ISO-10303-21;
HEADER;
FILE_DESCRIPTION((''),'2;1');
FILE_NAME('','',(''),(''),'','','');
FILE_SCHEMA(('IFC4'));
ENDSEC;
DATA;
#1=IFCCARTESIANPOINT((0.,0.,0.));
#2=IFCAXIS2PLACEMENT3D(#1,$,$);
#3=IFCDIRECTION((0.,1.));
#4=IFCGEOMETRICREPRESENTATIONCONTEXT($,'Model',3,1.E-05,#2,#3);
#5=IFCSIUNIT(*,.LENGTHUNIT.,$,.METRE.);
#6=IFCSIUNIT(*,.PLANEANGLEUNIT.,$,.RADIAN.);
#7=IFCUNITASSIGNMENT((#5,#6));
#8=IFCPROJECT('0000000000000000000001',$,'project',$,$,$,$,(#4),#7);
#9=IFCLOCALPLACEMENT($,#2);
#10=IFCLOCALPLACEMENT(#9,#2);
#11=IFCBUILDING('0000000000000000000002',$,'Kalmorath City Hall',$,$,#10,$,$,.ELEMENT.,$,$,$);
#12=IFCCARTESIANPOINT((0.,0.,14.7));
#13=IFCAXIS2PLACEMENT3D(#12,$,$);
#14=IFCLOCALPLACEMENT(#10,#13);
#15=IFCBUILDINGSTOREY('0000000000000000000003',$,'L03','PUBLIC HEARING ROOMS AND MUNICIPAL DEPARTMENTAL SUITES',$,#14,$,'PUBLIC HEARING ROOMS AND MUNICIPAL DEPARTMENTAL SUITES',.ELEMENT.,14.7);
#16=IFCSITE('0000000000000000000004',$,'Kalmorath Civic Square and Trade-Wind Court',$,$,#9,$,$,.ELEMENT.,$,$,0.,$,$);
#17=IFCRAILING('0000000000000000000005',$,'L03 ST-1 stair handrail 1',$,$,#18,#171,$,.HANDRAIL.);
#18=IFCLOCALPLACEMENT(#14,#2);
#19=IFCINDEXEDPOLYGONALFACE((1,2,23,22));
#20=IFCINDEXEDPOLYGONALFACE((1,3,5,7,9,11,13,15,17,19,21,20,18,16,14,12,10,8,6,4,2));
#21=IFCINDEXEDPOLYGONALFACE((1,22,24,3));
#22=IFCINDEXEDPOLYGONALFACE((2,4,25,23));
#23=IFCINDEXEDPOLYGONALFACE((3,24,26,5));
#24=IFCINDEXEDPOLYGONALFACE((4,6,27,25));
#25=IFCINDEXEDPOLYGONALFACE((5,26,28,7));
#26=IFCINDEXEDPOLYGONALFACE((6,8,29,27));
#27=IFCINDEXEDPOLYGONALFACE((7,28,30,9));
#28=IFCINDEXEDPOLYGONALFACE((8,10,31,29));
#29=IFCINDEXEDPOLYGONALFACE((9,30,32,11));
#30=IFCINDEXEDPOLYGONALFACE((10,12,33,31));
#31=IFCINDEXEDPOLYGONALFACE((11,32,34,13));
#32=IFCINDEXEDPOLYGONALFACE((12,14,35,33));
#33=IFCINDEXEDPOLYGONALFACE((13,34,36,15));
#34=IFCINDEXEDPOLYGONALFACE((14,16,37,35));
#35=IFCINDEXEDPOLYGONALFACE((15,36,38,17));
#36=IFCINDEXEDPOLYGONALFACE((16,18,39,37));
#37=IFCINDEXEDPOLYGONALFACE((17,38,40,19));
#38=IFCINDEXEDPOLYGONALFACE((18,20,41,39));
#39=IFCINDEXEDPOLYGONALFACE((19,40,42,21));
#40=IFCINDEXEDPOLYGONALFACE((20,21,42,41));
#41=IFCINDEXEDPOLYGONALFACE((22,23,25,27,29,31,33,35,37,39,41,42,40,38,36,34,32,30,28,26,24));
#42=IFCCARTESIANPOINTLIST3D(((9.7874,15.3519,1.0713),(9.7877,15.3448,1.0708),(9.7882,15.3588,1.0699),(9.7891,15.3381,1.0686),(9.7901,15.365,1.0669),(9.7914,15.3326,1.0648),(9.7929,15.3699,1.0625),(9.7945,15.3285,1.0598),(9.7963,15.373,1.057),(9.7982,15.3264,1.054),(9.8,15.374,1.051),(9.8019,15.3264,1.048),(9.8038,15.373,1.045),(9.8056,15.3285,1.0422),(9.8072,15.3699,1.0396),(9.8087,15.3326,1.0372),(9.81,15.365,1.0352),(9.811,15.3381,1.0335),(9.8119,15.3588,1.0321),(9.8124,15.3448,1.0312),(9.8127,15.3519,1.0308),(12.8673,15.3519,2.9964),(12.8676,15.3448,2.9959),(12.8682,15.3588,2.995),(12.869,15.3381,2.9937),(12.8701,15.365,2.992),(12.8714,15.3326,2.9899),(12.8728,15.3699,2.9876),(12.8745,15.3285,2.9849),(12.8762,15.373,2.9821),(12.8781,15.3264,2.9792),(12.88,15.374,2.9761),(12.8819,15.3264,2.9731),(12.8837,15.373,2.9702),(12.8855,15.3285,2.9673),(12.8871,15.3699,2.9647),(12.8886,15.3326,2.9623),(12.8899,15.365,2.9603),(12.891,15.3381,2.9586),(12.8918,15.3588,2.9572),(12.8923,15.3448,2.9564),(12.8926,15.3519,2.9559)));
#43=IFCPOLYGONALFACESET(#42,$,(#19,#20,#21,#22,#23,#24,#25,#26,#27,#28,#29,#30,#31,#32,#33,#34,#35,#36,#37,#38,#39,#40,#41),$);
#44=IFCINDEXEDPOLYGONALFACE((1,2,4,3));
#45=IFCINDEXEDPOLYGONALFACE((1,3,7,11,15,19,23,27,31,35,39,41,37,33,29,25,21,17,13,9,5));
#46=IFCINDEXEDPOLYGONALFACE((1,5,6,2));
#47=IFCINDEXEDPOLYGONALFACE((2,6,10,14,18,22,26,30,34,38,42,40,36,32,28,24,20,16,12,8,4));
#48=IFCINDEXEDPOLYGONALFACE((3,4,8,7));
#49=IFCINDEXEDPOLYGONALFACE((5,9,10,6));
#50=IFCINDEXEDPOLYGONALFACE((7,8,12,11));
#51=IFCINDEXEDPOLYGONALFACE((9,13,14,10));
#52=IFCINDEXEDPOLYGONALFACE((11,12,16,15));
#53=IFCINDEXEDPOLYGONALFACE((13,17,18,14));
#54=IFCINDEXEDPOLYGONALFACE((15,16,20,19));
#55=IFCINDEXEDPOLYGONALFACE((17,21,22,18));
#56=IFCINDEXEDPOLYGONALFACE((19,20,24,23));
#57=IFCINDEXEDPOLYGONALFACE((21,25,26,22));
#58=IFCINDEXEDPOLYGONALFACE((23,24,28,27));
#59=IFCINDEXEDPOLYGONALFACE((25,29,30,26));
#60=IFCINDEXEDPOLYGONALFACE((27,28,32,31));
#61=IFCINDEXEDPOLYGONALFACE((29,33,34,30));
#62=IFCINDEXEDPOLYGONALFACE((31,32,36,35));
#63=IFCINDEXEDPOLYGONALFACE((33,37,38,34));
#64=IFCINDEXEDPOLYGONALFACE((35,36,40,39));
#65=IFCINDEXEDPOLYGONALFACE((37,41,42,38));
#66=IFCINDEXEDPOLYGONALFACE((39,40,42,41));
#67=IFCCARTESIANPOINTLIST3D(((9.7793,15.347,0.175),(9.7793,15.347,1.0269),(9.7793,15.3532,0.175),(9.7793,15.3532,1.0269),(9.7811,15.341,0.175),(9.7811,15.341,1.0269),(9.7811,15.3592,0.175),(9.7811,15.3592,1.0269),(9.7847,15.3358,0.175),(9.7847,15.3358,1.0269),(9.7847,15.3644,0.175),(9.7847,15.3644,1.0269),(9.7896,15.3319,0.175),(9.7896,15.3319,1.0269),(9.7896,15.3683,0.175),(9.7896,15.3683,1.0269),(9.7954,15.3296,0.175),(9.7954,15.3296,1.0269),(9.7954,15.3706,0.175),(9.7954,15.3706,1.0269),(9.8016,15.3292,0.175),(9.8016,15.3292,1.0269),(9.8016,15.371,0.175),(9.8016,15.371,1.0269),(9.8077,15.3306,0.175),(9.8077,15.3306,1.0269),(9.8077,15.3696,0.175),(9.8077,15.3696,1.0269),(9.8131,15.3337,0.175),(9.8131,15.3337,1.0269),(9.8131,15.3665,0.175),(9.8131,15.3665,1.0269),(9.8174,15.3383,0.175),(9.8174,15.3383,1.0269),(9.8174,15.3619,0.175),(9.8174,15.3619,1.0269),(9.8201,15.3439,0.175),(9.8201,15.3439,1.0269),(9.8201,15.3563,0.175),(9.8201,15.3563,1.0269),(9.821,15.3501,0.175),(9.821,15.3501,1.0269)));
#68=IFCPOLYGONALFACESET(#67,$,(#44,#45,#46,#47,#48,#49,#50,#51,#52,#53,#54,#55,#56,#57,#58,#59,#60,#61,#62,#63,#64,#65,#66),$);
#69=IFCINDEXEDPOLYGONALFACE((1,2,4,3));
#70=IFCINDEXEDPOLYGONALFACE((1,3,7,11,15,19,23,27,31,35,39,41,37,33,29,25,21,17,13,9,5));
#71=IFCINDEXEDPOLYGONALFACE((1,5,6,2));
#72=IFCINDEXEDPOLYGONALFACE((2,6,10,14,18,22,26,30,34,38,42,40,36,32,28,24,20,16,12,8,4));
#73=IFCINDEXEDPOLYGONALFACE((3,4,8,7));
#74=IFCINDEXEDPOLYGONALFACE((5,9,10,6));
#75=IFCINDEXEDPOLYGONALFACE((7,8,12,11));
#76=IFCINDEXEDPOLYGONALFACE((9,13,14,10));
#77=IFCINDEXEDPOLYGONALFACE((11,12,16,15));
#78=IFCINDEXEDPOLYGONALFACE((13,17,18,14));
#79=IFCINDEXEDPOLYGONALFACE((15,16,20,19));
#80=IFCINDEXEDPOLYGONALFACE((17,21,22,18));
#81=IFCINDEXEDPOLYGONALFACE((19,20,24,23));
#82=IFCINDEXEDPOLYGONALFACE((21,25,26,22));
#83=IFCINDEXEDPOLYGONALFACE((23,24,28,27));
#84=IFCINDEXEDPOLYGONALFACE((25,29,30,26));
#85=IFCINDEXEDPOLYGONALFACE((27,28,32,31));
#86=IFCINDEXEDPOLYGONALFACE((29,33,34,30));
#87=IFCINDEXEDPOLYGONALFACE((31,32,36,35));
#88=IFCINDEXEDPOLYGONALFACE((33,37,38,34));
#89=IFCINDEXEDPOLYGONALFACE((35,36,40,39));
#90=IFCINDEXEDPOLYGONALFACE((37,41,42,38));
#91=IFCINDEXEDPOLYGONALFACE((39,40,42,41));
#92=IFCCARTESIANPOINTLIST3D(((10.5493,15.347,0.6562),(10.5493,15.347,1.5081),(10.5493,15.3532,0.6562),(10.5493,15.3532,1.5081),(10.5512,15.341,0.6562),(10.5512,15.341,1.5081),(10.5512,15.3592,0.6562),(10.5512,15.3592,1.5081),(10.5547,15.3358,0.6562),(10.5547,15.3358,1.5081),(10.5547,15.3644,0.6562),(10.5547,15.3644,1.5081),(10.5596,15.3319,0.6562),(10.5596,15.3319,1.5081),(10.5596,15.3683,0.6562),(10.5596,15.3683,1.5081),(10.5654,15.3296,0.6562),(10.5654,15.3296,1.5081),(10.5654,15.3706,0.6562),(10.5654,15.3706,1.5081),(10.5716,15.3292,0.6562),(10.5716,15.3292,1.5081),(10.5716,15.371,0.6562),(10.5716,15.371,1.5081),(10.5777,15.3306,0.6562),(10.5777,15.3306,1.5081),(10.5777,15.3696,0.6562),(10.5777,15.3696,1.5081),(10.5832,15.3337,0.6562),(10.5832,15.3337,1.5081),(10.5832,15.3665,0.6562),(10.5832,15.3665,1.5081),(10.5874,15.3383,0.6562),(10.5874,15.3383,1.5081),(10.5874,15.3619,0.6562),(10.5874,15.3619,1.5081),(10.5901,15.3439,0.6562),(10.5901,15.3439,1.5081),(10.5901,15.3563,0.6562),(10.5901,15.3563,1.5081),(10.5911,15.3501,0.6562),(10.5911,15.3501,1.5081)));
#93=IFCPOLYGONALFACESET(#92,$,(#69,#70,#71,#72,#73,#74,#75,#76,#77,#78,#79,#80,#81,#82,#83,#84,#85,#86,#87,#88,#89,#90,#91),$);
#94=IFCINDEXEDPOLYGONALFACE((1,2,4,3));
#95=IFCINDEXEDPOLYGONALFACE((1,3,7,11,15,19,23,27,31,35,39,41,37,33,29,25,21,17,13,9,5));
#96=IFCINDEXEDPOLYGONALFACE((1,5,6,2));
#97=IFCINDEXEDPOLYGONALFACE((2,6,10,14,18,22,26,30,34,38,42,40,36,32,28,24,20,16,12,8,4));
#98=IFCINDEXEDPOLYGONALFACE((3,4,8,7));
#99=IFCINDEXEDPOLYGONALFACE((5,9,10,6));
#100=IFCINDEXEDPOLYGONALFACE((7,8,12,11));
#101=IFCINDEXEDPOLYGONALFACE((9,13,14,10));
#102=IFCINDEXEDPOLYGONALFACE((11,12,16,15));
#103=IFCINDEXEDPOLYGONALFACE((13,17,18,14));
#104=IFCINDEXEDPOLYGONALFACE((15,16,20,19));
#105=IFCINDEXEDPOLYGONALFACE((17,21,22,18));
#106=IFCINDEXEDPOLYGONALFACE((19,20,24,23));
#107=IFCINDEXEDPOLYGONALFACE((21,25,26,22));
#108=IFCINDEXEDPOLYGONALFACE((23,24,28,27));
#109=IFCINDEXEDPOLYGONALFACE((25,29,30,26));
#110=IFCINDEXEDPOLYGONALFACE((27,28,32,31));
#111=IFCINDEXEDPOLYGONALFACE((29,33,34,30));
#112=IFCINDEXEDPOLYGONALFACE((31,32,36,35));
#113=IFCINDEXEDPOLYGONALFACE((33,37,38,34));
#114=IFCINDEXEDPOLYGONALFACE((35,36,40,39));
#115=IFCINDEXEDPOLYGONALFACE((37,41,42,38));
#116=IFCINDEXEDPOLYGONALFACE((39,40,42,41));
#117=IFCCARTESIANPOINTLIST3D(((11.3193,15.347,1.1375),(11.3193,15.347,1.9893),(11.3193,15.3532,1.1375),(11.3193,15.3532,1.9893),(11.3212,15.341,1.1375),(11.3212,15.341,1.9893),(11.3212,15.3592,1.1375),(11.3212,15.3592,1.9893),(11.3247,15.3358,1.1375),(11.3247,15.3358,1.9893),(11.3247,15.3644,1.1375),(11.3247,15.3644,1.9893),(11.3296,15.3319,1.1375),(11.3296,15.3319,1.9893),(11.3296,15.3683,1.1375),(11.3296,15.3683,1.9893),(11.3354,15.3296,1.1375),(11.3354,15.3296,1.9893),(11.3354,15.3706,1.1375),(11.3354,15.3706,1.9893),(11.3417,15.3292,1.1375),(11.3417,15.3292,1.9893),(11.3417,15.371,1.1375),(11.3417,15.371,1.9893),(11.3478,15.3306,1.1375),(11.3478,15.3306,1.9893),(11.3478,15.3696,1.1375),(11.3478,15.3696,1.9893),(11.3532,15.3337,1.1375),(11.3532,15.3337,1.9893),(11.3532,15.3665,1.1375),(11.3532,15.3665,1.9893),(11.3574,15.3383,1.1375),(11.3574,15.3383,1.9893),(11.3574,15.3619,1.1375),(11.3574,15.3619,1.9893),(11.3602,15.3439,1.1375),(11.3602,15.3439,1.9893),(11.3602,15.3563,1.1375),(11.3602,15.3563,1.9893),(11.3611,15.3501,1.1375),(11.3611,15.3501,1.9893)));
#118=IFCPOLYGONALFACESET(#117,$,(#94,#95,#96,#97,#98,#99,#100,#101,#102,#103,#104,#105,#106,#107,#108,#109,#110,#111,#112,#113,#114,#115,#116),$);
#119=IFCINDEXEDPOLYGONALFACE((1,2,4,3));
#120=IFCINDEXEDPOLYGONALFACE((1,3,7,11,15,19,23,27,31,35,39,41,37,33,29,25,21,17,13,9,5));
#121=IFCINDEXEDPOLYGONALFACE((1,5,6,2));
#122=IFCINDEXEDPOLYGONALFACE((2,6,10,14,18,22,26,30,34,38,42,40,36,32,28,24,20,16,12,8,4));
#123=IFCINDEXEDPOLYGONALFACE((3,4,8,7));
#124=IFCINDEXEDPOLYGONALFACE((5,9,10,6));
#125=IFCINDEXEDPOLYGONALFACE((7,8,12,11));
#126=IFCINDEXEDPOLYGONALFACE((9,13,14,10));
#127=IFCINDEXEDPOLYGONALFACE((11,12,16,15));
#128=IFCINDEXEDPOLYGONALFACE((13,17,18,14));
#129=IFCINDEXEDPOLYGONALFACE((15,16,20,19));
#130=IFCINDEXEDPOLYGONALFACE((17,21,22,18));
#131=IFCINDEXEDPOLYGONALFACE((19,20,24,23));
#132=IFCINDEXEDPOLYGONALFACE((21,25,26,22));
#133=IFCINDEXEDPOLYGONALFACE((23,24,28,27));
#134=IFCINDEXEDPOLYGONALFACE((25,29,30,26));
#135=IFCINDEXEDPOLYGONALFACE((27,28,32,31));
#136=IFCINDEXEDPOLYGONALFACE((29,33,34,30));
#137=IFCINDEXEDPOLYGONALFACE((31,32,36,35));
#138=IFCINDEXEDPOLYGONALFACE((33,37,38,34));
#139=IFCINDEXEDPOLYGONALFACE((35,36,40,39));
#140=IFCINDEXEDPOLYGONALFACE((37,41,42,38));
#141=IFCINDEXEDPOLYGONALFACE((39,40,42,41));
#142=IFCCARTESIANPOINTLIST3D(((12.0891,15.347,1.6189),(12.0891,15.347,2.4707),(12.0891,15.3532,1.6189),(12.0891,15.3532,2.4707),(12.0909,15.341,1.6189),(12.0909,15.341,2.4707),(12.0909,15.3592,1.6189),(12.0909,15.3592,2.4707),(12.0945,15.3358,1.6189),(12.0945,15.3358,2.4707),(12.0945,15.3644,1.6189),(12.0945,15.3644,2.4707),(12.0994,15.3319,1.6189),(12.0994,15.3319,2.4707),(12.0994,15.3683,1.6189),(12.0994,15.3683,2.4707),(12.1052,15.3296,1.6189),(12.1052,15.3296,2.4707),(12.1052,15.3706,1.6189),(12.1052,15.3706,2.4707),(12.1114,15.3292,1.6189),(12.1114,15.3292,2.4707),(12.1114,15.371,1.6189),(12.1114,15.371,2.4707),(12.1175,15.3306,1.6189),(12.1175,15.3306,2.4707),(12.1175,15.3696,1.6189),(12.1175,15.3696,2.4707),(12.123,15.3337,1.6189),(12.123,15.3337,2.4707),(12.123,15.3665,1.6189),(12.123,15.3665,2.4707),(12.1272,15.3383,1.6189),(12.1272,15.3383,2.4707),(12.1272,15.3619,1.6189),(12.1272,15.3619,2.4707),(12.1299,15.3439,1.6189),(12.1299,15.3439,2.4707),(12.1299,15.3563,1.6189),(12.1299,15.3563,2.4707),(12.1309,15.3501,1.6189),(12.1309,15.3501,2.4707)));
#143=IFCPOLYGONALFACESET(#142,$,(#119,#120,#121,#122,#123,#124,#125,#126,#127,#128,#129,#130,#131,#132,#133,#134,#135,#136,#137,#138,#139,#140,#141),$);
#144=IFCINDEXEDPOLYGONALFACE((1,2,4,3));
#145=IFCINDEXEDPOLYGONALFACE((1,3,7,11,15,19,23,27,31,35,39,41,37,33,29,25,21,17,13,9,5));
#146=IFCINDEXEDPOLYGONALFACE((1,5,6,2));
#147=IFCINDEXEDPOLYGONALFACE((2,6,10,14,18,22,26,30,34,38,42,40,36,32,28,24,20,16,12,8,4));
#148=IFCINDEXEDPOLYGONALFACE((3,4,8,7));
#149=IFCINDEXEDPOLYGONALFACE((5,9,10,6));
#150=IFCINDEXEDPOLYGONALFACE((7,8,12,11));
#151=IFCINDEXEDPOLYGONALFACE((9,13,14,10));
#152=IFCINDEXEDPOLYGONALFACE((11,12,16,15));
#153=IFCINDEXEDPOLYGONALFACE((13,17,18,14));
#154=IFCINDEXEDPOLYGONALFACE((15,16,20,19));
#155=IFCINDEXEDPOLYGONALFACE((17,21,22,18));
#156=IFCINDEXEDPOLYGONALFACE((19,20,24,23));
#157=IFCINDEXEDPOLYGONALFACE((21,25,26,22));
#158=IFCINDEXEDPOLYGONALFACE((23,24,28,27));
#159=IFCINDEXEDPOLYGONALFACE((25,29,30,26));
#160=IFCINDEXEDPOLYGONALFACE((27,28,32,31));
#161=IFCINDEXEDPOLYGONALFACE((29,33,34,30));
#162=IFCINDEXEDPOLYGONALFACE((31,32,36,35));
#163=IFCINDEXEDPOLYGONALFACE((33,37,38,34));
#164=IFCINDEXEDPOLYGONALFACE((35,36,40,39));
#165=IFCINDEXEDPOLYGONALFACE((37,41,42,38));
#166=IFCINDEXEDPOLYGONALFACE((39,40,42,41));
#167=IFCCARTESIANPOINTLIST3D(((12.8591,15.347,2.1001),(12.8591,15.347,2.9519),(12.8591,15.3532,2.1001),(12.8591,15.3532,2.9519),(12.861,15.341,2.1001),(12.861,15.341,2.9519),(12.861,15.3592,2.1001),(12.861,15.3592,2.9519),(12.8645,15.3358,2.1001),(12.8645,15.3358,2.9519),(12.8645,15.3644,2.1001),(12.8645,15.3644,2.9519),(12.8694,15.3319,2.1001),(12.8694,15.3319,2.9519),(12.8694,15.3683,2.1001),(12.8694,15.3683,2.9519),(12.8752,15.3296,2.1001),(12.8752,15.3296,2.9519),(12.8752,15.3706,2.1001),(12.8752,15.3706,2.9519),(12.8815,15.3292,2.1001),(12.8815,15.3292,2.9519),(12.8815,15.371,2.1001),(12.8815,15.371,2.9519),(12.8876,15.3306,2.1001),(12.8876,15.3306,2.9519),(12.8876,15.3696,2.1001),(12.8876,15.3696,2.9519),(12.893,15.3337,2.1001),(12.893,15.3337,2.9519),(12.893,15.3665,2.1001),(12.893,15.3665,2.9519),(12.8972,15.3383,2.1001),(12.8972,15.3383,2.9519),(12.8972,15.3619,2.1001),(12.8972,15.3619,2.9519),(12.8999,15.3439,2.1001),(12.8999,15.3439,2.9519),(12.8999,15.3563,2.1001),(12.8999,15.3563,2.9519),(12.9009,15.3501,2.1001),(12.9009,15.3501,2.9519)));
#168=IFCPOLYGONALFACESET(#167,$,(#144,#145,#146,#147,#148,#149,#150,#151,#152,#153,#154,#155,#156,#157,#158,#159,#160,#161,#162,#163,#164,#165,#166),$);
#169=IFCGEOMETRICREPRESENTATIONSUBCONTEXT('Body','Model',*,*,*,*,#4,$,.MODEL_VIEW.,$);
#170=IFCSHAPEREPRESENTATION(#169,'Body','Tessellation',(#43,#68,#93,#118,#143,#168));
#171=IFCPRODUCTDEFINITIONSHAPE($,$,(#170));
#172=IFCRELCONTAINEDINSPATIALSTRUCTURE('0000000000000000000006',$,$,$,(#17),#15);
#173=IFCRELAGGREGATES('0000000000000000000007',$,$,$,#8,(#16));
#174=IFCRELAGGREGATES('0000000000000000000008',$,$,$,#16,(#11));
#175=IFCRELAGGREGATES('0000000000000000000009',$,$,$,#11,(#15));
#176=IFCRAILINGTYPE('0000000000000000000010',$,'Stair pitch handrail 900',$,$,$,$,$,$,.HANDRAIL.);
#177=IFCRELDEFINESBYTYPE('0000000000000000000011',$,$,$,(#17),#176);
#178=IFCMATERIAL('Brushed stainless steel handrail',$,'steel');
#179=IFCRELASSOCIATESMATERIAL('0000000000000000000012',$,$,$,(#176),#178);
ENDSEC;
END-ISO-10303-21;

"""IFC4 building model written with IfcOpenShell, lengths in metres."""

from ifc_helpers import new_model, si_unit, direction, frame, origin, origin_2d, place, context, subcontext, project, spatial, circle, extrude, material, type_object, element, save


model = new_model("IFC4")

# Units and contexts
model_context = context("Model", 3, precision=1e-05, world=origin(), true_north=direction((0.0, 1.0)))
body_context = subcontext(model_context, "Body", "Model", "MODEL_VIEW")
ifc_project = project(units=[si_unit("LENGTHUNIT", "METRE"), si_unit("PLANEANGLEUNIT", "RADIAN")], contexts=[model_context])

# Site, building, storey
site_placement = place(None, origin())
site = spatial("IfcSite", under=ifc_project, at=site_placement, Name="Kalmorath Civic Square and Trade-Wind Court", CompositionType="ELEMENT", RefElevation=0.0)
building_placement = place(site_placement, origin())
building = spatial("IfcBuilding", under=site, at=building_placement, Name="Kalmorath City Hall", CompositionType="ELEMENT")
storey_placement = place(building_placement, frame((0.0, 0.0, 14.7)))
storey = spatial("IfcBuildingStorey", under=building, at=storey_placement, Name="L03", Description="PUBLIC HEARING ROOMS AND MUNICIPAL DEPARTMENTAL SUITES", LongName="PUBLIC HEARING ROOMS AND MUNICIPAL DEPARTMENTAL SUITES", CompositionType="ELEMENT", Elevation=14.7)

# Railing
ifc_material_1 = material(Name="Brushed stainless steel handrail", Category="steel")
railing_type_1 = type_object("IfcRailingType", Name="Stair pitch handrail 900", PredefinedType="HANDRAIL", material=ifc_material_1)
railing_1_placement = place(storey_placement, frame((9.8, 15.3501, 0.175)))
element("IfcRailing", 1, at=railing_1_placement, inside=storey, type_object=railing_type_1, Name="L03 ST-1 stair handrail 1", PredefinedType="HANDRAIL", context=body_context, shape_type="SweptSolid", body=[
    extrude(circle(Radius=0.0239, at=origin_2d()), frame((0.0, 0.0, 0.876), z_axis=(0.847979, 0.0, 0.530029), x_axis=(0.0, 1.0, 0.0)), (0.0, 0.0, 1.0), 3.6321),
    extrude(circle(Radius=0.021, at=origin_2d()), origin(), (0.0, 0.0, 1.0), 0.8518),
    extrude(circle(Radius=0.021, at=origin_2d()), frame((0.77, 0.0, 0.4812)), (0.0, 0.0, 1.0), 0.8518),
    extrude(circle(Radius=0.021, at=origin_2d()), frame((1.54, 0.0, 0.9624)), (0.0, 0.0, 1.0), 0.8518),
    extrude(circle(Radius=0.021, at=origin_2d()), frame((2.3098, 0.0, 1.4438)), (0.0, 0.0, 1.0), 0.8518),
    extrude(circle(Radius=0.021, at=origin_2d()), frame((3.0798, 0.0, 1.925)), (0.0, 0.0, 1.0), 0.8518),
])

save(model, "model.ifc")
